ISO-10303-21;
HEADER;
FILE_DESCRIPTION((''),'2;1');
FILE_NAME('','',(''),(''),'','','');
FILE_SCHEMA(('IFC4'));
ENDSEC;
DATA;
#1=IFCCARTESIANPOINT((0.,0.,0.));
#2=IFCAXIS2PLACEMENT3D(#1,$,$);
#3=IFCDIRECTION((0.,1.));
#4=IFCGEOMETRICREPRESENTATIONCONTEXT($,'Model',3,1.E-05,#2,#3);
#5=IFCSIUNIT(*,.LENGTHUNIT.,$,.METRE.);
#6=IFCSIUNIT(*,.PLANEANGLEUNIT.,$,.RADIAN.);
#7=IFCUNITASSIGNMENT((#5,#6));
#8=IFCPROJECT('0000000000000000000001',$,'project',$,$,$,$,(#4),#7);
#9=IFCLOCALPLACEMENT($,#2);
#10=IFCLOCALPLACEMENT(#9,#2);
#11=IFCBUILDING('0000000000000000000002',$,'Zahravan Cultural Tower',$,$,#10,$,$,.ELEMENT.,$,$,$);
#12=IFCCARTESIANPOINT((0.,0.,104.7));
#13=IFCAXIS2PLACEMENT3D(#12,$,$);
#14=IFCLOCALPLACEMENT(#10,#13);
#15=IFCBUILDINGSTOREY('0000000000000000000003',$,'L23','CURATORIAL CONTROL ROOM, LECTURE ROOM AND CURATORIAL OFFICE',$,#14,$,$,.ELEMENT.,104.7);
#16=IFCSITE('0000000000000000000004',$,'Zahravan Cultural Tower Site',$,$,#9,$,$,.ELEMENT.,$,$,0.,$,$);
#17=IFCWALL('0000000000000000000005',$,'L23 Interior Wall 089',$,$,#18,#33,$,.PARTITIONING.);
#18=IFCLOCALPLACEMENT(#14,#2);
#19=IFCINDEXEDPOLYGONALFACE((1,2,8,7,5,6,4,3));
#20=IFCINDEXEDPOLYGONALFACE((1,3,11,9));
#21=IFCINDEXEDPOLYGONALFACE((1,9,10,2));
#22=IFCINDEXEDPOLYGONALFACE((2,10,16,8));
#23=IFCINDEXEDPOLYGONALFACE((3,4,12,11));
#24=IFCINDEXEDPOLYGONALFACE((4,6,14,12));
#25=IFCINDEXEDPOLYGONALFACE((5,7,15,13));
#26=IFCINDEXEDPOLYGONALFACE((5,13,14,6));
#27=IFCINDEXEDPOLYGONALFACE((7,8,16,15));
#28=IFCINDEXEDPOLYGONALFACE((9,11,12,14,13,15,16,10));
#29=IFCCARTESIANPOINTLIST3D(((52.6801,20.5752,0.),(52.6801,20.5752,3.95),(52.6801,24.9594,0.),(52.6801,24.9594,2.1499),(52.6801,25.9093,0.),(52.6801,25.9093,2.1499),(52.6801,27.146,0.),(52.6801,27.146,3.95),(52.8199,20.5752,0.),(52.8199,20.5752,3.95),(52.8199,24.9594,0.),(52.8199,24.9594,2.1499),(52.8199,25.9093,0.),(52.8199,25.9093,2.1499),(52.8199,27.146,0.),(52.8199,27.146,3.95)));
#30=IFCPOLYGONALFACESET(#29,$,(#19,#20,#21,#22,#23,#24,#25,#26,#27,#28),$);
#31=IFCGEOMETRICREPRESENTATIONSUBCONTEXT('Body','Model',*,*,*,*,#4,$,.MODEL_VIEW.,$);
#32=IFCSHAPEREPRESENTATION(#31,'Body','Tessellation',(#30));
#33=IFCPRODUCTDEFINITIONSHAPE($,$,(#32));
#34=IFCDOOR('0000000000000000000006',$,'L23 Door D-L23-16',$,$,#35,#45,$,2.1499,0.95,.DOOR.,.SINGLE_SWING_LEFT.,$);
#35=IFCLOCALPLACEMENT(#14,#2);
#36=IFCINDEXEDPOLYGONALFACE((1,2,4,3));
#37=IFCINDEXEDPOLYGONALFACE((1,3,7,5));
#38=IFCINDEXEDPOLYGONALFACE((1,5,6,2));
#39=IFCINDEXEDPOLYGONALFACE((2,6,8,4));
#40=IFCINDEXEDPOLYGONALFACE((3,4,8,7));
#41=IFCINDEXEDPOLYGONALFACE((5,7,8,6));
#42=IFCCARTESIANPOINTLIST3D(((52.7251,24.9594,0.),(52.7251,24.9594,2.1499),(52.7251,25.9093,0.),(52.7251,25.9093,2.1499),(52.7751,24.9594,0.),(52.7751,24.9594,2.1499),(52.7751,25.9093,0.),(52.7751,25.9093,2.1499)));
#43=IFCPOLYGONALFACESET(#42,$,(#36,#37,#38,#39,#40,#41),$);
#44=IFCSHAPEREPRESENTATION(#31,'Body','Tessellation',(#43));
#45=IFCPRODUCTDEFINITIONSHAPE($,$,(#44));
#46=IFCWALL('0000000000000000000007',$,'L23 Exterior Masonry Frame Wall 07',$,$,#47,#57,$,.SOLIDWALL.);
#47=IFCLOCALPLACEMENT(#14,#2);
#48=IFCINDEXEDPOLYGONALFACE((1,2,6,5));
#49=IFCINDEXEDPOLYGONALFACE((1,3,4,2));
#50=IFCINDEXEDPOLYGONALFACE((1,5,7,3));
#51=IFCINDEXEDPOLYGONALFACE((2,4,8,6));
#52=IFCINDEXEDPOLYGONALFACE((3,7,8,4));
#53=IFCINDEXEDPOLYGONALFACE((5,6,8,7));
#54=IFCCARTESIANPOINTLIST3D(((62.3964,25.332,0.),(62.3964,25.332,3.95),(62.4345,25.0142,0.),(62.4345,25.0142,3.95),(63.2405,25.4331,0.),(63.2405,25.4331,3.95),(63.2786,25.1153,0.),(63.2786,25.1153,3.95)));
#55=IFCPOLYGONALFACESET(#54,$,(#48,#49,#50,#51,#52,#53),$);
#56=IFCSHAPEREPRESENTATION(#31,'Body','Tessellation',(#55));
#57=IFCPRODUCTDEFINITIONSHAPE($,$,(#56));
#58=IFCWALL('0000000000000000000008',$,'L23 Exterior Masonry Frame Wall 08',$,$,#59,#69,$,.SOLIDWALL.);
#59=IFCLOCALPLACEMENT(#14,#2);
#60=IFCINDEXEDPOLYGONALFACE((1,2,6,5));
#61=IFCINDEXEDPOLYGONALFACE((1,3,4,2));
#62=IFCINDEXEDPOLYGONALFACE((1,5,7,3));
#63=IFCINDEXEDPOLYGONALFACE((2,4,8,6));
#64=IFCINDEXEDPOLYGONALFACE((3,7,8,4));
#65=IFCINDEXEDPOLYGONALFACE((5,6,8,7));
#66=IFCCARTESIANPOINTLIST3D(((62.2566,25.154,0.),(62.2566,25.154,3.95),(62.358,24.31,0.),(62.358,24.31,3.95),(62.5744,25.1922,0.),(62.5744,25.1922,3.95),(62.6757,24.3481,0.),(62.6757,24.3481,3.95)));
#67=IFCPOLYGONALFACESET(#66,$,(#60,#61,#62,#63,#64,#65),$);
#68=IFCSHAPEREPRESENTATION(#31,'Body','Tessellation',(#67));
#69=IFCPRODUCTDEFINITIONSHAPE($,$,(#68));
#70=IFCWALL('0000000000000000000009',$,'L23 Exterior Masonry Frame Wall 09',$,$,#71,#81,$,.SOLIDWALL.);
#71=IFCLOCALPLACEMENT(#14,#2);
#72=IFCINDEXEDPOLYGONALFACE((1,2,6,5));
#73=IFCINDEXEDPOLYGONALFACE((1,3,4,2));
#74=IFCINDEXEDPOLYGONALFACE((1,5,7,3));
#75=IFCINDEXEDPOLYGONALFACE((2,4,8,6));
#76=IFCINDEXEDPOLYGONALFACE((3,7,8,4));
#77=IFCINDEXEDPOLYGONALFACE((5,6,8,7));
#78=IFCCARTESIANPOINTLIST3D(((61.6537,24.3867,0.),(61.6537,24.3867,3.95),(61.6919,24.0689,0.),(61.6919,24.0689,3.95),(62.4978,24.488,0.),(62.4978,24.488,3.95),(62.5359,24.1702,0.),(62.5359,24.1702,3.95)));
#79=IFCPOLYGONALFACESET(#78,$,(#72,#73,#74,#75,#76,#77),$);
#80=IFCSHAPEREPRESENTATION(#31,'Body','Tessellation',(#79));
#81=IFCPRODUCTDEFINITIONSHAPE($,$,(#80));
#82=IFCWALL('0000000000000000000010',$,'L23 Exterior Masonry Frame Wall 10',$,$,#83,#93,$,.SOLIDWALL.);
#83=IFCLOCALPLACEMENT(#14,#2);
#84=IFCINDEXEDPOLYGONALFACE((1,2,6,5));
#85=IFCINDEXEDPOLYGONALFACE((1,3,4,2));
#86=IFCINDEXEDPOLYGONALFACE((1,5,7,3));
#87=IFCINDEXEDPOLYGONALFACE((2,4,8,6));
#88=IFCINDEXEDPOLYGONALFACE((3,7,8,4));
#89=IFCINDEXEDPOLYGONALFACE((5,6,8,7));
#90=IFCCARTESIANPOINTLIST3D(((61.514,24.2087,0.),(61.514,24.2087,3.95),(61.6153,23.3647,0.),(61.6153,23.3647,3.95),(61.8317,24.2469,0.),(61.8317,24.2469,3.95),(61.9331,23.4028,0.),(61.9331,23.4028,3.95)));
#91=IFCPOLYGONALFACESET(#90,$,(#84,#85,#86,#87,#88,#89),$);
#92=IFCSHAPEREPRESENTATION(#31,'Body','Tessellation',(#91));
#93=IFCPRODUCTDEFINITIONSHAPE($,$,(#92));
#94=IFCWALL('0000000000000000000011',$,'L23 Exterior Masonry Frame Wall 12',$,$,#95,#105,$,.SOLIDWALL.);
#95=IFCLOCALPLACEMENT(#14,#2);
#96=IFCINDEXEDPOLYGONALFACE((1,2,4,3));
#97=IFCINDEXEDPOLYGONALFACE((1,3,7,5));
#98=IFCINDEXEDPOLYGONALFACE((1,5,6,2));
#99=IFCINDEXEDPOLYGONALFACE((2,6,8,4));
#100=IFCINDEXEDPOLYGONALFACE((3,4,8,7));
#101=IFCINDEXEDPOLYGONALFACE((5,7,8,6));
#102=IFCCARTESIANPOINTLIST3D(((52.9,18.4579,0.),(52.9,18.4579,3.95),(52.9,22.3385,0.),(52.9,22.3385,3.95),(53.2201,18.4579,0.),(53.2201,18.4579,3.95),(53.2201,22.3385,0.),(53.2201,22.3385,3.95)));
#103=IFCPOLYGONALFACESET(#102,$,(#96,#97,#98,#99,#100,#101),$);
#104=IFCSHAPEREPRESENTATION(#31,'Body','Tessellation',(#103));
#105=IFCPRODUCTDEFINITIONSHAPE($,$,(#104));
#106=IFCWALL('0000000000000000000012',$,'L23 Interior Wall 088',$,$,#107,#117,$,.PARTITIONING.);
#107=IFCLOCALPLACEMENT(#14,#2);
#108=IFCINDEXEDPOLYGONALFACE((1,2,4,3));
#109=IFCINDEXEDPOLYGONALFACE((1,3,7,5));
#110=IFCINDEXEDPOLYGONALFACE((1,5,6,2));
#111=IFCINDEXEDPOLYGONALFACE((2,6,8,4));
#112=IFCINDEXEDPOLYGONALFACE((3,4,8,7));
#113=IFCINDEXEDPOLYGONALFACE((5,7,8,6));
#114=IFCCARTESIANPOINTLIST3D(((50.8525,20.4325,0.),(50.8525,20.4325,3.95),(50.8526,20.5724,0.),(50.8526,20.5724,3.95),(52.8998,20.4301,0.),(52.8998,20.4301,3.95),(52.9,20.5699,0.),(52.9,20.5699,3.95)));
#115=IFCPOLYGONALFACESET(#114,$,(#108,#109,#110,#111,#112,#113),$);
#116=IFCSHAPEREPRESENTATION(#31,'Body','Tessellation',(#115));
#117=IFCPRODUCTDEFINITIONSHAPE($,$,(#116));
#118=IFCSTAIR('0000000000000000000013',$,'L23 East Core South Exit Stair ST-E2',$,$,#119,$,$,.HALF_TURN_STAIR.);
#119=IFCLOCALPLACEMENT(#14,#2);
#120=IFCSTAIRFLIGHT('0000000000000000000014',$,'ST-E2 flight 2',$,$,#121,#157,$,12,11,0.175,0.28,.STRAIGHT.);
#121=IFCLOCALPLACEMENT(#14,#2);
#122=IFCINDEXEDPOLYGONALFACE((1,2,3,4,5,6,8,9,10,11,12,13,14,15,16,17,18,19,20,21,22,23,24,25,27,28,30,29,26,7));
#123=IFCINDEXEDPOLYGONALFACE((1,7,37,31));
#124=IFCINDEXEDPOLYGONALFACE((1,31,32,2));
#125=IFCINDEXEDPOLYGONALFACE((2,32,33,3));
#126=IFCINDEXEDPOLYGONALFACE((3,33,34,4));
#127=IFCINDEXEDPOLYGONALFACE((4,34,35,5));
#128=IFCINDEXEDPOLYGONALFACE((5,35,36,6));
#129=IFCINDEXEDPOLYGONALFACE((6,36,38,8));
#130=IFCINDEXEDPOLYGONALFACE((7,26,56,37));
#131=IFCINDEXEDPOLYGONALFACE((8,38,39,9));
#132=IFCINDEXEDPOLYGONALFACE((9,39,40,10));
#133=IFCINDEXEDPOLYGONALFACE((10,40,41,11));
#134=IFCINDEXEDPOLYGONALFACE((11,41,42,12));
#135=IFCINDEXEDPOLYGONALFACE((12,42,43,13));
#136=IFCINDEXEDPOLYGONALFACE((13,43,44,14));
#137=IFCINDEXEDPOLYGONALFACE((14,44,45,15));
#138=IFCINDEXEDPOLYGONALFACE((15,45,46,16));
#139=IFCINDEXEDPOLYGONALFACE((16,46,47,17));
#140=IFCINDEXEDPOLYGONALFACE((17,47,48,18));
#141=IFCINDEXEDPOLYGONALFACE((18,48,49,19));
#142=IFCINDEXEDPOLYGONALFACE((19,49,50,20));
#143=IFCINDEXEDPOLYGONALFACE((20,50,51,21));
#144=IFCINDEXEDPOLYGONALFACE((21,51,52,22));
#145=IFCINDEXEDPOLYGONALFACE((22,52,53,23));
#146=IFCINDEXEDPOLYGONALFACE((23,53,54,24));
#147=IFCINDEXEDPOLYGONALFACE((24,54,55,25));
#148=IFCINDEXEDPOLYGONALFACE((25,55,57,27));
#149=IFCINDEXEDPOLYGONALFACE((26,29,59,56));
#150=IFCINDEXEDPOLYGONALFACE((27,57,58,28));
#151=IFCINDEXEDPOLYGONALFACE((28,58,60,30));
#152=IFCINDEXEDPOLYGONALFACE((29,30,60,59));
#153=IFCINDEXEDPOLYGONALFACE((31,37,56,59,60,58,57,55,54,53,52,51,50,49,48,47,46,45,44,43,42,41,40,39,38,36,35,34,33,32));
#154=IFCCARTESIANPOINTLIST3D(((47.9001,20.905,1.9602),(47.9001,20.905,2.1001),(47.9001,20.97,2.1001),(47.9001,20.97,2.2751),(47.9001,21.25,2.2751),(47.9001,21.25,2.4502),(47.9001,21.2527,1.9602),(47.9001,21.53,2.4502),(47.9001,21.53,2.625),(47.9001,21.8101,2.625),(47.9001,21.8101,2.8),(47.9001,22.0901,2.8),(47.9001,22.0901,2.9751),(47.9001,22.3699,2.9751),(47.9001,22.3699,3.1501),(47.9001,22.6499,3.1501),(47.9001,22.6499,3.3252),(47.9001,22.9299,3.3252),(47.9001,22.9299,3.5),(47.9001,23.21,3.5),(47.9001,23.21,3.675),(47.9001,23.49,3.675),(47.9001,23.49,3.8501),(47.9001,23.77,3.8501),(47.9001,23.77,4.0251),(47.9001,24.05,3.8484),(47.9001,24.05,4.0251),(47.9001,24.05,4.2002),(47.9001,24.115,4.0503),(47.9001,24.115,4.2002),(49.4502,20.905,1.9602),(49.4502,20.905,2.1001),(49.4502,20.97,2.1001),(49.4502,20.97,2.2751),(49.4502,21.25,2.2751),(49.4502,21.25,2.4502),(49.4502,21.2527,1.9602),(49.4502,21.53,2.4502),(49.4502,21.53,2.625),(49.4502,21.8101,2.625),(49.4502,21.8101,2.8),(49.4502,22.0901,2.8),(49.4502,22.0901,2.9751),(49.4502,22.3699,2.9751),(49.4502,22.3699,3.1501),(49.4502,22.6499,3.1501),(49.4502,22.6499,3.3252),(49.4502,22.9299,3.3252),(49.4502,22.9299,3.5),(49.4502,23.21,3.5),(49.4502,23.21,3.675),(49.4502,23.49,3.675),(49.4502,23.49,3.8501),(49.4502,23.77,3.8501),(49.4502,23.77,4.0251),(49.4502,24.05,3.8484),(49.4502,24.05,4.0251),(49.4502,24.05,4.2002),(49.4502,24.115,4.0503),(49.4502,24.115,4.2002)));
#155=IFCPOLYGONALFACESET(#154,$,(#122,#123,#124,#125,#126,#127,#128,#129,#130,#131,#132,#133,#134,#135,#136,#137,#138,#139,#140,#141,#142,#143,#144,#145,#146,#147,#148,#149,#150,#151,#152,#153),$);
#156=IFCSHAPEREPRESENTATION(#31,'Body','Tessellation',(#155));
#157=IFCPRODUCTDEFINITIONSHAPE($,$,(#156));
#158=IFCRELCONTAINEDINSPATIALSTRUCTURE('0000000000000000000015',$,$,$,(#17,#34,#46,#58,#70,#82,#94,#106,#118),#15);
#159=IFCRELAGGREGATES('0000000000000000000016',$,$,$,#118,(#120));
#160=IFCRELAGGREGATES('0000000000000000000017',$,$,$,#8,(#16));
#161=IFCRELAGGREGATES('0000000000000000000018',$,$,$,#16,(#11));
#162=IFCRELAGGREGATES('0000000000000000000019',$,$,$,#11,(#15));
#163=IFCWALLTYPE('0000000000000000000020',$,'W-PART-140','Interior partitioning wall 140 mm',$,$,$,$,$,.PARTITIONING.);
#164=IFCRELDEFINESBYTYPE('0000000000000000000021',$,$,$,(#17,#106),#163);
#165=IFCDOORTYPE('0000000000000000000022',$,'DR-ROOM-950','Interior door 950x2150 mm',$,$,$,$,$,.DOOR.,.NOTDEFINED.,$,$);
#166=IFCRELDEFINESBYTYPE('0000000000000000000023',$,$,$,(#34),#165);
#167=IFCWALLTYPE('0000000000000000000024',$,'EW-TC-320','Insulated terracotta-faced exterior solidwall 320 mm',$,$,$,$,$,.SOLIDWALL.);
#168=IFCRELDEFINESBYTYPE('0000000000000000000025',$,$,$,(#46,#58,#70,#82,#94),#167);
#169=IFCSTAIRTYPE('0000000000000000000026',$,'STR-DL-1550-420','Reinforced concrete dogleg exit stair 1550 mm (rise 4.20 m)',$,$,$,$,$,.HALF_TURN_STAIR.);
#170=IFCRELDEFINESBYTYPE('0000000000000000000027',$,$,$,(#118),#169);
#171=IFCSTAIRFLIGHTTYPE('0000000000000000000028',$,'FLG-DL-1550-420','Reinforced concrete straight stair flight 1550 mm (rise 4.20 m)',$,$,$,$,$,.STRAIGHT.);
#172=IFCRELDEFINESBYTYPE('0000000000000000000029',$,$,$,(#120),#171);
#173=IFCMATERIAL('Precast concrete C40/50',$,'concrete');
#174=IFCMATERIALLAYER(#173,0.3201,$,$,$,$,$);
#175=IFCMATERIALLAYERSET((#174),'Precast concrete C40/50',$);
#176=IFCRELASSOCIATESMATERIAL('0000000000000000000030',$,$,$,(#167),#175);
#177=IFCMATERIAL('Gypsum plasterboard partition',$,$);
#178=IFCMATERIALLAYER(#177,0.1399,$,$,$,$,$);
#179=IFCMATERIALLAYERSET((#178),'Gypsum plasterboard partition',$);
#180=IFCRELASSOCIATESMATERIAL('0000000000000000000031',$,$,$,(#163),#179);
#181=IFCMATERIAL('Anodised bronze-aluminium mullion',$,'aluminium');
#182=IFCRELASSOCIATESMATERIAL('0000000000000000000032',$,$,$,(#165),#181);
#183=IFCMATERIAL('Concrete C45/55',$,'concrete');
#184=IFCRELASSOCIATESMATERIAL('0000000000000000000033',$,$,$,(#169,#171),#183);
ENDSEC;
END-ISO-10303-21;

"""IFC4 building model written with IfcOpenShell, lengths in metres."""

from ifc_helpers import new_model, si_unit, direction, frame, frame_2d, origin, place, context, subcontext, project, spatial, polyline, rectangle, outline, extrude, source, transform, mapped, material, layer, layer_set, type_object, element, fill, aggregate, save


model = new_model("IFC4")

# Units and contexts
model_context = context("Model", 3, precision=1e-05, world=origin(), true_north=direction((0.0, 1.0)))
body_context = subcontext(model_context, "Body", "Model", "MODEL_VIEW")
ifc_project = project(units=[si_unit("LENGTHUNIT", "METRE"), si_unit("PLANEANGLEUNIT", "RADIAN")], contexts=[model_context])

# Site, building, storey
site_placement = place(None, origin())
site = spatial("IfcSite", under=ifc_project, at=site_placement, Name="Zahravan Cultural Tower Site", CompositionType="ELEMENT", RefElevation=0.0)
building_placement = place(site_placement, origin())
building = spatial("IfcBuilding", under=site, at=building_placement, Name="Zahravan Cultural Tower", CompositionType="ELEMENT")
storey_placement = place(building_placement, frame((0.0, 0.0, 104.7)))
storey = spatial("IfcBuildingStorey", under=building, at=storey_placement, Name="L23", Description="CURATORIAL CONTROL ROOM, LECTURE ROOM AND CURATORIAL OFFICE", CompositionType="ELEMENT", Elevation=104.7)

# Shared definitions
ifc_material_1 = material(Name="Precast concrete C40/50", Category="concrete")
ifc_layer_1 = layer(ifc_material_1, 0.3201)
ifc_layer_set_1 = layer_set([ifc_layer_1], Name="Precast concrete C40/50")
wall_type_1 = type_object("IfcWallType", Name="EW-TC-320", Description="Insulated terracotta-faced exterior solidwall 320 mm", PredefinedType="SOLIDWALL", material=ifc_layer_set_1)

# Wall, opening, door
ifc_material_2 = material(Name="Gypsum plasterboard partition")
ifc_layer_2 = layer(ifc_material_2, 0.1399)
ifc_layer_set_2 = layer_set([ifc_layer_2], Name="Gypsum plasterboard partition")
wall_type_2 = type_object("IfcWallType", Name="W-PART-140", Description="Interior partitioning wall 140 mm", PredefinedType="PARTITIONING", material=ifc_layer_set_2)
ifc_material_3 = material(Name="Anodised bronze-aluminium mullion", Category="aluminium")
door_type = type_object("IfcDoorType", Name="DR-ROOM-950", Description="Interior door 950x2150 mm", OperationType="NOTDEFINED", PredefinedType="DOOR", material=ifc_material_3)
shared_shape_1 = source(origin(), body_context, "Body", "SweptSolid", [
    extrude(rectangle(XDim=0.95, YDim=2.1499, at=frame_2d((0.4751, 1.075))), frame((0.0, 0.0249, 0.0), z_axis=(0.0, -1.0, 0.0), x_axis=(1.0, 0.0, 0.0)), (0.0, 0.0, 1.0), 0.05),
])
wall_1_placement = place(storey_placement, frame((52.75, 20.5752, 0.0), z_axis=(0.0, 0.0, 1.0), x_axis=(0.0, 1.0, 0.0)))
wall_1 = element("IfcWall", 1, at=wall_1_placement, inside=storey, type_object=wall_type_2, Name="L23 Interior Wall 089", PredefinedType="PARTITIONING", context=body_context, shape_type="SweptSolid", body=[
    extrude(rectangle(XDim=6.5708, YDim=0.1399, at=frame_2d((3.2854, 0.0))), origin(), (0.0, 0.0, 1.0), 3.95),
])
opening_1_placement = place(wall_1_placement, frame((4.384, 0.0, 0.0)))
opening_1 = element("IfcOpeningElement", 2, at=opening_1_placement, cuts=wall_1, PredefinedType="OPENING", context=body_context, shape_type="SweptSolid", body=[
    extrude(rectangle(XDim=0.95, YDim=2.1499, at=frame_2d((0.4751, 1.075))), frame((0.0, 0.0798, 0.0), z_axis=(0.0, -1.0, 0.0), x_axis=(1.0, 0.0, 0.0)), (0.0, 0.0, 1.0), 0.1599),
])
door_1_placement = place(opening_1_placement, origin())
door_1 = element("IfcDoor", 3, at=door_1_placement, inside=storey, type_object=door_type, Name="L23 Door D-L23-16", OperationType="SINGLE_SWING_LEFT", OverallHeight=2.1499, OverallWidth=0.95, PredefinedType="DOOR", context=body_context, shape_type="MappedRepresentation", body=[
    mapped(shared_shape_1, transform((0.0, 0.0, 0.0), x_axis=(1.0, 0.0, 0.0), y_axis=(0.0, 1.0, 0.0), z_axis=(0.0, 0.0, 1.0), scale=1.0)),
])
fill(opening_1, door_1)

# Walls
shared_shape_2 = source(origin(), body_context, "Body", "SweptSolid", [
    extrude(rectangle(XDim=0.8501, YDim=0.3201, at=frame_2d((0.425, 0.0))), origin(), (0.0, 0.0, 1.0), 3.95),
])
for number, where, z_axis, x_axis, name in (
    (4, (63.2595, 25.2742, 0.0), (0.0, 0.0, 1.0), (-0.992905, -0.118907, 0.0), "L23 Exterior Masonry Frame Wall 07"),
    (5, (62.4155, 25.1731, 0.0), (0.0, 0.0, 1.0), (0.119191, -0.992871, 0.0), "L23 Exterior Masonry Frame Wall 08"),
    (6, (62.5168, 24.3291, 0.0), (0.0, 0.0, 1.0), (-0.992871, -0.119191, 0.0), "L23 Exterior Masonry Frame Wall 09"),
    (7, (61.6729, 24.2278, 0.0), (0.0, 0.0, 1.0), (0.119191, -0.992871, 0.0), "L23 Exterior Masonry Frame Wall 10"),
):
    element("IfcWall", number, at=place(storey_placement, frame(where, z_axis=z_axis, x_axis=x_axis)), inside=storey, type_object=wall_type_1, Name=name, PredefinedType="SOLIDWALL", context=body_context, shape_type="MappedRepresentation", body=[
        mapped(shared_shape_2, transform((0.0, 0.0, 0.0), x_axis=(1.0, 0.0, 0.0), y_axis=(0.0, 1.0, 0.0), z_axis=(0.0, 0.0, 1.0), scale=1.0)),
    ])
shared_shape_3 = source(origin(), body_context, "Body", "SweptSolid", [
    extrude(rectangle(XDim=3.8806, YDim=0.3201, at=frame_2d((1.9404, 0.0))), origin(), (0.0, 0.0, 1.0), 3.95),
])
wall_2_placement = place(storey_placement, frame((53.0601, 22.3386, 0.0), z_axis=(0.0, 0.0, 1.0), x_axis=(0.0, -1.0, 0.0)))
element("IfcWall", 8, at=wall_2_placement, inside=storey, type_object=wall_type_1, Name="L23 Exterior Masonry Frame Wall 12", PredefinedType="SOLIDWALL", context=body_context, shape_type="MappedRepresentation", body=[
    mapped(shared_shape_3, transform((0.0, 0.0, 0.0), x_axis=(1.0, 0.0, 0.0), y_axis=(0.0, 1.0, 0.0), z_axis=(0.0, 0.0, 1.0), scale=1.0)),
])
shared_shape_4 = source(origin(), body_context, "Body", "SweptSolid", [
    extrude(rectangle(XDim=2.0474, YDim=0.1399, at=frame_2d((1.0237, 0.0))), origin(), (0.0, 0.0, 1.0), 3.95),
])
wall_3_placement = place(storey_placement, frame((50.8525, 20.5024, 0.0), z_axis=(0.0, 0.0, 1.0), x_axis=(0.999999, -0.001192, 0.0)))
element("IfcWall", 9, at=wall_3_placement, inside=storey, type_object=wall_type_2, Name="L23 Interior Wall 088", PredefinedType="PARTITIONING", context=body_context, shape_type="MappedRepresentation", body=[
    mapped(shared_shape_4, transform((0.0, 0.0, 0.0), x_axis=(1.0, 0.0, 0.0), y_axis=(0.0, 1.0, 0.0), z_axis=(0.0, 0.0, 1.0), scale=1.0)),
])

# Stair, stair flight
ifc_material_4 = material(Name="Concrete C45/55", Category="concrete")
stair_type = type_object("IfcStairType", Name="STR-DL-1550-420", Description="Reinforced concrete dogleg exit stair 1550 mm (rise 4.20 m)", PredefinedType="HALF_TURN_STAIR", material=ifc_material_4)
stair_placement = place(storey_placement, origin())
stair = element("IfcStair", 10, at=stair_placement, inside=storey, type_object=stair_type, Name="L23 East Core South Exit Stair ST-E2", PredefinedType="HALF_TURN_STAIR")
stair_flight_type = type_object("IfcStairFlightType", Name="FLG-DL-1550-420", Description="Reinforced concrete straight stair flight 1550 mm (rise 4.20 m)", PredefinedType="STRAIGHT", material=ifc_material_4)
stair_flight_placement = place(storey_placement, frame((48.675, 20.97, 2.1001), z_axis=(0.0, 0.0, 1.0), x_axis=(0.0, 1.0, 0.0)))
stair_flight = element("IfcStairFlight", 11, at=stair_flight_placement, type_object=stair_flight_type, Name="ST-E2 flight 2", NumberOfRisers=12, NumberOfTreads=11, PredefinedType="STRAIGHT", RiserHeight=0.175, TreadLength=0.28, context=body_context, shape_type="SweptSolid", body=[
    extrude(outline(polyline([(-0.0649, -0.1399), (-0.0649, 0.0), (0.0, 0.0), (0.0, 0.175), (0.28, 0.175), (0.28, 0.3501), (0.5601, 0.3501), (0.5601, 0.5249), (0.8401, 0.5249), (0.8401, 0.7), (1.1201, 0.7), (1.1201, 0.875), (1.3999, 0.875), (1.3999, 1.05), (1.6799, 1.05), (1.6799, 1.2251), (1.96, 1.2251), (1.96, 1.3999), (2.24, 1.3999), (2.24, 1.575), (2.52, 1.575), (2.52, 1.75), (2.8, 1.75), (2.8, 1.925), (3.0801, 1.925), (3.0801, 2.1001), (3.145, 2.1001), (3.145, 1.9502), (3.0801, 1.7483), (0.2827, -0.1399), (-0.0649, -0.1399)])), frame((0.0, 0.7749, 0.0), z_axis=(0.0, -1.0, 0.0), x_axis=(1.0, 0.0, 0.0)), (0.0, 0.0, 1.0), 1.55),
])
aggregate(stair, [stair_flight])

save(model, "model.ifc")
